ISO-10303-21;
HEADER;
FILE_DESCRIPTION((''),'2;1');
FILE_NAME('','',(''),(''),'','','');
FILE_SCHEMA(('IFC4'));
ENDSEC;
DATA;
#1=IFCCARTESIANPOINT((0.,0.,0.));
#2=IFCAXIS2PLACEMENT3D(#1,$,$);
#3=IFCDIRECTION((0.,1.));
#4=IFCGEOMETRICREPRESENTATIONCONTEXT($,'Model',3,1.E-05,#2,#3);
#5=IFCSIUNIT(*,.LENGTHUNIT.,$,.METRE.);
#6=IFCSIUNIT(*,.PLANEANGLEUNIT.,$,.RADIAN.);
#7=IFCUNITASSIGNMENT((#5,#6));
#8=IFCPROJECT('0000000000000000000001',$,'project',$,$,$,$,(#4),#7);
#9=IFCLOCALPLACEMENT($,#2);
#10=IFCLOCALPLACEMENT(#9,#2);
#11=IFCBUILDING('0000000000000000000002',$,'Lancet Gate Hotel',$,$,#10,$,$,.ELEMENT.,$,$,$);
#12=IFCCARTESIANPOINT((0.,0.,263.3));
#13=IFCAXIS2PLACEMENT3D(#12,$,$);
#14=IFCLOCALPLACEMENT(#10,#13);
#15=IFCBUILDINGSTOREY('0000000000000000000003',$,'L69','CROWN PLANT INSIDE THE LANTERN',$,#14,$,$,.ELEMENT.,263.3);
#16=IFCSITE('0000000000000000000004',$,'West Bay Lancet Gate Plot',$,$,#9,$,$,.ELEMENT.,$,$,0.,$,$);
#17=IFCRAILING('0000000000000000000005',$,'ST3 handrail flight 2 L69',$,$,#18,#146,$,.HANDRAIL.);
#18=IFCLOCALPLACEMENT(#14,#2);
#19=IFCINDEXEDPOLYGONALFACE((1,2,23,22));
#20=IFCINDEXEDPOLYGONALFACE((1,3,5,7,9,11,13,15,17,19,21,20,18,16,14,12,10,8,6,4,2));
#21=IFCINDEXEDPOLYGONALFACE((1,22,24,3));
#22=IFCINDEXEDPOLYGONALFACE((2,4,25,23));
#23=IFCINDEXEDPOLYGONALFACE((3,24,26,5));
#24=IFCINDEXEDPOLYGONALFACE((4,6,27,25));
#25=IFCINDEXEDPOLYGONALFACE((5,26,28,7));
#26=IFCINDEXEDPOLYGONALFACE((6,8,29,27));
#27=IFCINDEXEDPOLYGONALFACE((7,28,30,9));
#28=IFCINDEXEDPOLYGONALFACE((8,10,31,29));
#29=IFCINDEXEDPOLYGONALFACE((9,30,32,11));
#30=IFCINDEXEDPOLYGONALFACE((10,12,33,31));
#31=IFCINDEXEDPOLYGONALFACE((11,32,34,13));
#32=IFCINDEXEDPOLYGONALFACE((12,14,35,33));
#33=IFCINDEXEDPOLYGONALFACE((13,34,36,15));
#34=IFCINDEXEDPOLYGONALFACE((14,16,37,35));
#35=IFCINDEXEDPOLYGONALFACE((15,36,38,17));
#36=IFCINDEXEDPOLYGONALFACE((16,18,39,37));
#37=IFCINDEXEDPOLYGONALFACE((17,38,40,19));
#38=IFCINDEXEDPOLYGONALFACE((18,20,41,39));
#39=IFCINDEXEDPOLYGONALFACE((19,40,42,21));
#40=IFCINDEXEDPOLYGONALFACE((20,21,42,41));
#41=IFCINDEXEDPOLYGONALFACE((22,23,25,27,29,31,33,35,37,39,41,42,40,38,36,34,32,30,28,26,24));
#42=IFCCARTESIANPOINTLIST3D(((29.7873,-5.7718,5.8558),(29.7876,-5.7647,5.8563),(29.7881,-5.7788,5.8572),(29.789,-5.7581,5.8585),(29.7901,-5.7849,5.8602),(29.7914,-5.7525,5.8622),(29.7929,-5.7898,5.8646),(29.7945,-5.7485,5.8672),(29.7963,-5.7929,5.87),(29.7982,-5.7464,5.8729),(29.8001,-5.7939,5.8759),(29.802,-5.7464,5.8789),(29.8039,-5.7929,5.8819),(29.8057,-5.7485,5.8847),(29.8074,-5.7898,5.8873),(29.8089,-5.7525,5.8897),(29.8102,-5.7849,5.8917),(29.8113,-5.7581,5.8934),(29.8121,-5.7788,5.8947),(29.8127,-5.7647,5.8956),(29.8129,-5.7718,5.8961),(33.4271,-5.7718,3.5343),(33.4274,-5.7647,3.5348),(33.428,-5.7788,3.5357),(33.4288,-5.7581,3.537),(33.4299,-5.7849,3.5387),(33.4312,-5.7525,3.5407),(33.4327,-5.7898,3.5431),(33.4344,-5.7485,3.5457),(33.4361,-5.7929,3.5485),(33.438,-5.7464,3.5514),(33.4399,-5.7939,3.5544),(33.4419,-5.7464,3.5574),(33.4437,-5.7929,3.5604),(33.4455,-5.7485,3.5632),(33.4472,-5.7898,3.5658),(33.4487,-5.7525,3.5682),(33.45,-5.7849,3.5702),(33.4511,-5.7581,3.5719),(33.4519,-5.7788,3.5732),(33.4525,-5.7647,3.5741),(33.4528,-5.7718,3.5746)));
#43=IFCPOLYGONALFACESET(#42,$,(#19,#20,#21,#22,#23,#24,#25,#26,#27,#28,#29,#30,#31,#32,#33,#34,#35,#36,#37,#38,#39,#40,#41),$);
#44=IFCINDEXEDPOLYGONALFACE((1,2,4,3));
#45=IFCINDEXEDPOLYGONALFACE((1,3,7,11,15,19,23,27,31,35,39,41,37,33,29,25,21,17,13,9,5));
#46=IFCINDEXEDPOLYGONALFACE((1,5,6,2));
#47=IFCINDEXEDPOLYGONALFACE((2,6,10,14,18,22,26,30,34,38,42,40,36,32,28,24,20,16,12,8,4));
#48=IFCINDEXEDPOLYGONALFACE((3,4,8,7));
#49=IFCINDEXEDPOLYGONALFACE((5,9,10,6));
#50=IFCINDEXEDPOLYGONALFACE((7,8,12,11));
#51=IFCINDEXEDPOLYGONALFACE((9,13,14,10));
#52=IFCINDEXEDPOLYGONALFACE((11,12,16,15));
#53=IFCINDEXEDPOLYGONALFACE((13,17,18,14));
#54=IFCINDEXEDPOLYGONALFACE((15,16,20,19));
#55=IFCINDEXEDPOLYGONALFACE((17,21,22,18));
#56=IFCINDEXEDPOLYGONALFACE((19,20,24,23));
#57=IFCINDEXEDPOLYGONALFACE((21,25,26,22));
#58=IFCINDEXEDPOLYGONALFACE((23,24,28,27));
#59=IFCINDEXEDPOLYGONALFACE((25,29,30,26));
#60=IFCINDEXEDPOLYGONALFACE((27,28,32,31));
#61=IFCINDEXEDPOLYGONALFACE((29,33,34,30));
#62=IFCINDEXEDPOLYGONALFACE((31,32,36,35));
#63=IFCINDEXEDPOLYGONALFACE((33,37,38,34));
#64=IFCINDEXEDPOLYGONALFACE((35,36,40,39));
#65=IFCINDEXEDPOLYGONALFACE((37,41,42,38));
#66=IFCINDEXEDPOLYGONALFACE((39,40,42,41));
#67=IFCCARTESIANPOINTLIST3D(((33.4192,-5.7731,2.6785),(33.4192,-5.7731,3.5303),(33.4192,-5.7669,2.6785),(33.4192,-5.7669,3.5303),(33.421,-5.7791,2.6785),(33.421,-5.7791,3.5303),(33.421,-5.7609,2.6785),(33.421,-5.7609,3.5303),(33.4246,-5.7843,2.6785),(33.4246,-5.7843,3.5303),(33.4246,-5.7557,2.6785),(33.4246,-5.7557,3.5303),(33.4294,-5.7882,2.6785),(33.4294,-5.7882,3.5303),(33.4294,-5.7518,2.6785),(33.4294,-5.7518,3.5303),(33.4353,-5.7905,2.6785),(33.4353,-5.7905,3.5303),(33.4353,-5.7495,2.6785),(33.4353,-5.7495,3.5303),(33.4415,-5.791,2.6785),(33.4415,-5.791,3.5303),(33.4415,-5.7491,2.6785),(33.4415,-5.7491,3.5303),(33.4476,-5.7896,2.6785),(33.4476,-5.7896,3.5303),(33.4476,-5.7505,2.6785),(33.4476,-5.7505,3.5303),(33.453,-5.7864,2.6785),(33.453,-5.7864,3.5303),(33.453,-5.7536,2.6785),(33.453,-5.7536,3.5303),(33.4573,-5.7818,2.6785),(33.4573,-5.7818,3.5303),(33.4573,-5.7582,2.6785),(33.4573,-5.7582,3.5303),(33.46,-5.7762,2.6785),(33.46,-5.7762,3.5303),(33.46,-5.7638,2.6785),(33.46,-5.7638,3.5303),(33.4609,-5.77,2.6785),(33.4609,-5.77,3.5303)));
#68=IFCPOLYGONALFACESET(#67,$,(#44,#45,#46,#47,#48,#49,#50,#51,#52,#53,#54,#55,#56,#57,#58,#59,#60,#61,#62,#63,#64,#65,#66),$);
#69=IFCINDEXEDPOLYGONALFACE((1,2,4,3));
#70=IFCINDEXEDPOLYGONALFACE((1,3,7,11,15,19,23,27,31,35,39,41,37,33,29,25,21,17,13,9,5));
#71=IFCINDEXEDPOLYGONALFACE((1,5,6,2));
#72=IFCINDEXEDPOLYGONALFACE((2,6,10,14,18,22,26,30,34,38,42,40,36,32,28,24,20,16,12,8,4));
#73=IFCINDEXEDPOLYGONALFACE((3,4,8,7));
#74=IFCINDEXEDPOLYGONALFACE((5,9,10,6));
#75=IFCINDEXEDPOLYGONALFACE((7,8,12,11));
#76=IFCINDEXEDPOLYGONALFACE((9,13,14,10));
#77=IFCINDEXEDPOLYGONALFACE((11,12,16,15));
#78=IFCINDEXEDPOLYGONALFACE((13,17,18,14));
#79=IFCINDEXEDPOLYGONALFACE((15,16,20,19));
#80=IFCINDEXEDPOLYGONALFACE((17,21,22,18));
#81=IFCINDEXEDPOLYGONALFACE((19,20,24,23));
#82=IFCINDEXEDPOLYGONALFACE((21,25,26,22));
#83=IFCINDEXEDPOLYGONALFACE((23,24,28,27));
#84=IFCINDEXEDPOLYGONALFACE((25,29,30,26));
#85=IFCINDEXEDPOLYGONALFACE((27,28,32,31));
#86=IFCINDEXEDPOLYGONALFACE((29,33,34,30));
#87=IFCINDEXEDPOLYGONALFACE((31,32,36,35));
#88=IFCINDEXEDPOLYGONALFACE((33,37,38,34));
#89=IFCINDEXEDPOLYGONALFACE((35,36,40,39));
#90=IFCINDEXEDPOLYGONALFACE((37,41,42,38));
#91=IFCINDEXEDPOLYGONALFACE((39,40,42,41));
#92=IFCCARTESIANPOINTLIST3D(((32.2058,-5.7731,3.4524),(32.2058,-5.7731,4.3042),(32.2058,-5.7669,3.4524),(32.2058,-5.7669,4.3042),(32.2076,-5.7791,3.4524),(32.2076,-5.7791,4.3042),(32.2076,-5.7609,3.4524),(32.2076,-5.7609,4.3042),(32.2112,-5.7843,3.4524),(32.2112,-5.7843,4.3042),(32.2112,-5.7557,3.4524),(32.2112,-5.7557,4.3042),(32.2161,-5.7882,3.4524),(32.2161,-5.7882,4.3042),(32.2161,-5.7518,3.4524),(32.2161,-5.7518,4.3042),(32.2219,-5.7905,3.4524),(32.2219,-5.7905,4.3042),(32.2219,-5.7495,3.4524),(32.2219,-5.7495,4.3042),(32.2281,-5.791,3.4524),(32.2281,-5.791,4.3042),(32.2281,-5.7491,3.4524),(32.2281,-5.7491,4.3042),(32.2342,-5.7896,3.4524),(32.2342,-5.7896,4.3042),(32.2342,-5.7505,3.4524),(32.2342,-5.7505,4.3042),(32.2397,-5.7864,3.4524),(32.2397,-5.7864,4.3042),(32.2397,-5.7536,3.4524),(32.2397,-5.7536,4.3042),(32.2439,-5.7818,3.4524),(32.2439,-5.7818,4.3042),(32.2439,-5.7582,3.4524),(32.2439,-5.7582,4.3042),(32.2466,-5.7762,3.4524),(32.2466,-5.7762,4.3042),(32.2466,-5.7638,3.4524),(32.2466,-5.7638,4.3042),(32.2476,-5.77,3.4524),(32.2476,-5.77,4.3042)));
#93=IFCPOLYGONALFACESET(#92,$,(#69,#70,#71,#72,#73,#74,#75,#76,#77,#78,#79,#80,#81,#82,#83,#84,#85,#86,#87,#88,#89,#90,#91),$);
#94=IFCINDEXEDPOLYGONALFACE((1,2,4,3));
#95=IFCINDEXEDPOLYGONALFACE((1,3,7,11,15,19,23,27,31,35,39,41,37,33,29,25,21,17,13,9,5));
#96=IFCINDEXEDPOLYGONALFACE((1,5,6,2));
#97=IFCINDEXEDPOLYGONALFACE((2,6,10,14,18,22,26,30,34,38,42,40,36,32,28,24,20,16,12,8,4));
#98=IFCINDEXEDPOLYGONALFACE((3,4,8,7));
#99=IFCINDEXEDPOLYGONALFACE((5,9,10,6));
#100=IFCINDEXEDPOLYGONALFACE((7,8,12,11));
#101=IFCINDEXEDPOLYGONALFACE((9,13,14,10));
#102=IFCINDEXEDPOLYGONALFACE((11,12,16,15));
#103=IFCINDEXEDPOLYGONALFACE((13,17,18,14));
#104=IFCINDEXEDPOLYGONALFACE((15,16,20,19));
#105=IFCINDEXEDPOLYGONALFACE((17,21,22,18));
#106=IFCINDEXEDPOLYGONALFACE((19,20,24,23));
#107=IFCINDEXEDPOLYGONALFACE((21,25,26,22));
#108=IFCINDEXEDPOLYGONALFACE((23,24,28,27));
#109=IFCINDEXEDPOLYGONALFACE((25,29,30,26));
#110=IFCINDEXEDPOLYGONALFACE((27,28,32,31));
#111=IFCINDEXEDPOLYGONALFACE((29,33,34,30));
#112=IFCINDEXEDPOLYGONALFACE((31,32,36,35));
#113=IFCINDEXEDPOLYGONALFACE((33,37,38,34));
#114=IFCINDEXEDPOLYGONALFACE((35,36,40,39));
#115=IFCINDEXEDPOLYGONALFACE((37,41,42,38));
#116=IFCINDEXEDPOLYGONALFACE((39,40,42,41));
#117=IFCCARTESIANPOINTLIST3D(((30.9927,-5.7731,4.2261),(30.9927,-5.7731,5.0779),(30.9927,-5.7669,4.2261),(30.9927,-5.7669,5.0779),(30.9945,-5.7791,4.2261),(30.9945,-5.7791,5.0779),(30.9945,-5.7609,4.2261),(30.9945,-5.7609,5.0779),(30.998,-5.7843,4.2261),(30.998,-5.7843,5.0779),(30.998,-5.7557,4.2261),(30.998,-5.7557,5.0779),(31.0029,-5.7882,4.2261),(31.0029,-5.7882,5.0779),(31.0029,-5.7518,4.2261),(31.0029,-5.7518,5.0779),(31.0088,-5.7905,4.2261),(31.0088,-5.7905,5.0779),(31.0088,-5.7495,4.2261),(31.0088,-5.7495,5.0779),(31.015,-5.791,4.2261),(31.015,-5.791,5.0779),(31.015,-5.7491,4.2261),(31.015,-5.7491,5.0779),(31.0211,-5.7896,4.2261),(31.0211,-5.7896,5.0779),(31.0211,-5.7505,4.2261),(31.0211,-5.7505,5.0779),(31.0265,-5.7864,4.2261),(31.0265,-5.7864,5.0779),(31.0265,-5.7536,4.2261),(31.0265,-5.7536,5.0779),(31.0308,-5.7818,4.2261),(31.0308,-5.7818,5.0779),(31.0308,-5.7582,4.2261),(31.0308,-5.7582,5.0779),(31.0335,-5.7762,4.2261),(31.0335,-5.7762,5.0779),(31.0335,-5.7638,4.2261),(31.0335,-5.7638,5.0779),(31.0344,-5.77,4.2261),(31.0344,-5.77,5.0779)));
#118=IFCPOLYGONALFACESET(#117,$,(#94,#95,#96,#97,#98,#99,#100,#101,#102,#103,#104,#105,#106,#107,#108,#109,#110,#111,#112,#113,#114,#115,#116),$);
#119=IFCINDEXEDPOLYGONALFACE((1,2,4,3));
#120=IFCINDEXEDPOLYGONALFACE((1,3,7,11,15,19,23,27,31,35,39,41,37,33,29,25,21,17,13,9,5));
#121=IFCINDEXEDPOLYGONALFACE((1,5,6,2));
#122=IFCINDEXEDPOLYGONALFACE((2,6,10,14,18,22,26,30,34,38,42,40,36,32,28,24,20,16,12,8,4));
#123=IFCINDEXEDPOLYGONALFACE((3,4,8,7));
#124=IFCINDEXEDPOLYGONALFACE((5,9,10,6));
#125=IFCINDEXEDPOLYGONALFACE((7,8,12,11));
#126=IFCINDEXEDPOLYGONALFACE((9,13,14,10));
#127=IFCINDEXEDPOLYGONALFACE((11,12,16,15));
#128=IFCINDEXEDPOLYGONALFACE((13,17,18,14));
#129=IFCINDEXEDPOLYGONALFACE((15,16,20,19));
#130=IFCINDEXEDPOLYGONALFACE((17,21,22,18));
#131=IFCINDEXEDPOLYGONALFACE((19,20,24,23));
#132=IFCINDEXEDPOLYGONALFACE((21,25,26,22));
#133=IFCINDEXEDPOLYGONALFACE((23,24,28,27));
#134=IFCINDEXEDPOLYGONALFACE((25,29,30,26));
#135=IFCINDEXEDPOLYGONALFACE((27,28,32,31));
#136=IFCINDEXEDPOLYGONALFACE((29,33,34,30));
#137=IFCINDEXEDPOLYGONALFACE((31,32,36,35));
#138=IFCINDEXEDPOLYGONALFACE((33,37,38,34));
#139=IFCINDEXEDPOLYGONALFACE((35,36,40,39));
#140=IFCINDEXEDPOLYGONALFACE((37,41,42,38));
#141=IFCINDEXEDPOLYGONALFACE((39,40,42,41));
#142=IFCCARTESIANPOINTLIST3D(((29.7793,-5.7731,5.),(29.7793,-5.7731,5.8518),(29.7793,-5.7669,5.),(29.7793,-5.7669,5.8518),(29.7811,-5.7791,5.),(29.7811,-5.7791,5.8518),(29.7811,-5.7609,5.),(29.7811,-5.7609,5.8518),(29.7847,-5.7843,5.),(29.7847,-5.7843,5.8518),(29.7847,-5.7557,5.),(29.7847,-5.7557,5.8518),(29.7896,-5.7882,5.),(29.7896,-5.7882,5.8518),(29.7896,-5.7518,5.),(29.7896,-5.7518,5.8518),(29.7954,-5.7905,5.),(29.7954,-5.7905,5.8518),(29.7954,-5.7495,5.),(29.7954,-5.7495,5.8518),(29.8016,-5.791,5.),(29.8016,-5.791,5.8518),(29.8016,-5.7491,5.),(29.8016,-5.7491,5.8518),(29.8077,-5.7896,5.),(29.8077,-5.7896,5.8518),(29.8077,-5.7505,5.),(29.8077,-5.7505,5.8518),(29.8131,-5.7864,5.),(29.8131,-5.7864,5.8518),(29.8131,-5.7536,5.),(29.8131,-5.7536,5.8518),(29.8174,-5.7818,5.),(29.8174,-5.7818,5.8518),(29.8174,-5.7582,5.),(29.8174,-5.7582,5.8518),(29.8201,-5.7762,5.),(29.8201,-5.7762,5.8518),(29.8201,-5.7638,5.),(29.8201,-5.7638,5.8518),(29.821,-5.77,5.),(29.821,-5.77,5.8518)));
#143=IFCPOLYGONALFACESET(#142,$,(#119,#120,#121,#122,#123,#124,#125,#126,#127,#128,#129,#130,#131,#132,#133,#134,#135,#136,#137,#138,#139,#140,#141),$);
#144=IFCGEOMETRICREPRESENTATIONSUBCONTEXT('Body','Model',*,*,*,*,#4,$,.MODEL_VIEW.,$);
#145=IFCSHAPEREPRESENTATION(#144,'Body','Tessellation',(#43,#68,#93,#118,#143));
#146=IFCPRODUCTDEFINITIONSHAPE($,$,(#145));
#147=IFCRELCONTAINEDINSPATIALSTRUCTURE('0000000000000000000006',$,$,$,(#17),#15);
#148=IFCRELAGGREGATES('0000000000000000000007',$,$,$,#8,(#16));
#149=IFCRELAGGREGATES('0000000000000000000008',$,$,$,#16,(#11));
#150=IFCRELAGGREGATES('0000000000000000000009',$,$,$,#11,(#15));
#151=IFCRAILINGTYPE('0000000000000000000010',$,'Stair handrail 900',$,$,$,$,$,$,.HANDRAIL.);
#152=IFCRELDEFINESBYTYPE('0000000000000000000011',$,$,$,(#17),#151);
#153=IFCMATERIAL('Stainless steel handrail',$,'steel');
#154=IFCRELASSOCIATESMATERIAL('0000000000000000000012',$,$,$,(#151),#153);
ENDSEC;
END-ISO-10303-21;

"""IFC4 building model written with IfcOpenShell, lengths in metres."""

from ifc_helpers import new_model, si_unit, direction, frame, origin, origin_2d, place, context, subcontext, project, spatial, circle, extrude, material, type_object, element, save


model = new_model("IFC4")

# Units and contexts
model_context = context("Model", 3, precision=1e-05, world=origin(), true_north=direction((0.0, 1.0)))
body_context = subcontext(model_context, "Body", "Model", "MODEL_VIEW")
ifc_project = project(units=[si_unit("LENGTHUNIT", "METRE"), si_unit("PLANEANGLEUNIT", "RADIAN")], contexts=[model_context])

# Site, building, storey
site_placement = place(None, origin())
site = spatial("IfcSite", under=ifc_project, at=site_placement, Name="West Bay Lancet Gate Plot", CompositionType="ELEMENT", RefElevation=0.0)
building_placement = place(site_placement, origin())
building = spatial("IfcBuilding", under=site, at=building_placement, Name="Lancet Gate Hotel", CompositionType="ELEMENT")
storey_placement = place(building_placement, frame((0.0, 0.0, 263.3)))
storey = spatial("IfcBuildingStorey", under=building, at=storey_placement, Name="L69", Description="CROWN PLANT INSIDE THE LANTERN", CompositionType="ELEMENT", Elevation=263.3)

# Railing
ifc_material_1 = material(Name="Stainless steel handrail", Category="steel")
railing_type = type_object("IfcRailingType", Name="Stair handrail 900", PredefinedType="HANDRAIL", material=ifc_material_1)
railing_1_placement = place(storey_placement, frame((33.4399, -5.77, 2.6785)))
element("IfcRailing", 1, at=railing_1_placement, inside=storey, type_object=railing_type, Name="ST3 handrail flight 2 L69", PredefinedType="HANDRAIL", context=body_context, shape_type="SweptSolid", body=[
    extrude(circle(Radius=0.0239, at=origin_2d()), frame((0.0, 0.0, 0.876), z_axis=(-0.843112, 0.0, 0.537739), x_axis=(0.0, -1.0, 0.0)), (0.0, 0.0, 1.0), 4.3171),
    extrude(circle(Radius=0.021, at=origin_2d()), origin(), (0.0, 0.0, 1.0), 0.8518),
    extrude(circle(Radius=0.021, at=origin_2d()), frame((-1.2134, 0.0, 0.7739)), (0.0, 0.0, 1.0), 0.8518),
    extrude(circle(Radius=0.021, at=origin_2d()), frame((-2.4265, 0.0, 1.5476)), (0.0, 0.0, 1.0), 0.8518),
    extrude(circle(Radius=0.021, at=origin_2d()), frame((-3.6399, 0.0, 2.3215)), (0.0, 0.0, 1.0), 0.8518),
])

save(model, "model.ifc")
